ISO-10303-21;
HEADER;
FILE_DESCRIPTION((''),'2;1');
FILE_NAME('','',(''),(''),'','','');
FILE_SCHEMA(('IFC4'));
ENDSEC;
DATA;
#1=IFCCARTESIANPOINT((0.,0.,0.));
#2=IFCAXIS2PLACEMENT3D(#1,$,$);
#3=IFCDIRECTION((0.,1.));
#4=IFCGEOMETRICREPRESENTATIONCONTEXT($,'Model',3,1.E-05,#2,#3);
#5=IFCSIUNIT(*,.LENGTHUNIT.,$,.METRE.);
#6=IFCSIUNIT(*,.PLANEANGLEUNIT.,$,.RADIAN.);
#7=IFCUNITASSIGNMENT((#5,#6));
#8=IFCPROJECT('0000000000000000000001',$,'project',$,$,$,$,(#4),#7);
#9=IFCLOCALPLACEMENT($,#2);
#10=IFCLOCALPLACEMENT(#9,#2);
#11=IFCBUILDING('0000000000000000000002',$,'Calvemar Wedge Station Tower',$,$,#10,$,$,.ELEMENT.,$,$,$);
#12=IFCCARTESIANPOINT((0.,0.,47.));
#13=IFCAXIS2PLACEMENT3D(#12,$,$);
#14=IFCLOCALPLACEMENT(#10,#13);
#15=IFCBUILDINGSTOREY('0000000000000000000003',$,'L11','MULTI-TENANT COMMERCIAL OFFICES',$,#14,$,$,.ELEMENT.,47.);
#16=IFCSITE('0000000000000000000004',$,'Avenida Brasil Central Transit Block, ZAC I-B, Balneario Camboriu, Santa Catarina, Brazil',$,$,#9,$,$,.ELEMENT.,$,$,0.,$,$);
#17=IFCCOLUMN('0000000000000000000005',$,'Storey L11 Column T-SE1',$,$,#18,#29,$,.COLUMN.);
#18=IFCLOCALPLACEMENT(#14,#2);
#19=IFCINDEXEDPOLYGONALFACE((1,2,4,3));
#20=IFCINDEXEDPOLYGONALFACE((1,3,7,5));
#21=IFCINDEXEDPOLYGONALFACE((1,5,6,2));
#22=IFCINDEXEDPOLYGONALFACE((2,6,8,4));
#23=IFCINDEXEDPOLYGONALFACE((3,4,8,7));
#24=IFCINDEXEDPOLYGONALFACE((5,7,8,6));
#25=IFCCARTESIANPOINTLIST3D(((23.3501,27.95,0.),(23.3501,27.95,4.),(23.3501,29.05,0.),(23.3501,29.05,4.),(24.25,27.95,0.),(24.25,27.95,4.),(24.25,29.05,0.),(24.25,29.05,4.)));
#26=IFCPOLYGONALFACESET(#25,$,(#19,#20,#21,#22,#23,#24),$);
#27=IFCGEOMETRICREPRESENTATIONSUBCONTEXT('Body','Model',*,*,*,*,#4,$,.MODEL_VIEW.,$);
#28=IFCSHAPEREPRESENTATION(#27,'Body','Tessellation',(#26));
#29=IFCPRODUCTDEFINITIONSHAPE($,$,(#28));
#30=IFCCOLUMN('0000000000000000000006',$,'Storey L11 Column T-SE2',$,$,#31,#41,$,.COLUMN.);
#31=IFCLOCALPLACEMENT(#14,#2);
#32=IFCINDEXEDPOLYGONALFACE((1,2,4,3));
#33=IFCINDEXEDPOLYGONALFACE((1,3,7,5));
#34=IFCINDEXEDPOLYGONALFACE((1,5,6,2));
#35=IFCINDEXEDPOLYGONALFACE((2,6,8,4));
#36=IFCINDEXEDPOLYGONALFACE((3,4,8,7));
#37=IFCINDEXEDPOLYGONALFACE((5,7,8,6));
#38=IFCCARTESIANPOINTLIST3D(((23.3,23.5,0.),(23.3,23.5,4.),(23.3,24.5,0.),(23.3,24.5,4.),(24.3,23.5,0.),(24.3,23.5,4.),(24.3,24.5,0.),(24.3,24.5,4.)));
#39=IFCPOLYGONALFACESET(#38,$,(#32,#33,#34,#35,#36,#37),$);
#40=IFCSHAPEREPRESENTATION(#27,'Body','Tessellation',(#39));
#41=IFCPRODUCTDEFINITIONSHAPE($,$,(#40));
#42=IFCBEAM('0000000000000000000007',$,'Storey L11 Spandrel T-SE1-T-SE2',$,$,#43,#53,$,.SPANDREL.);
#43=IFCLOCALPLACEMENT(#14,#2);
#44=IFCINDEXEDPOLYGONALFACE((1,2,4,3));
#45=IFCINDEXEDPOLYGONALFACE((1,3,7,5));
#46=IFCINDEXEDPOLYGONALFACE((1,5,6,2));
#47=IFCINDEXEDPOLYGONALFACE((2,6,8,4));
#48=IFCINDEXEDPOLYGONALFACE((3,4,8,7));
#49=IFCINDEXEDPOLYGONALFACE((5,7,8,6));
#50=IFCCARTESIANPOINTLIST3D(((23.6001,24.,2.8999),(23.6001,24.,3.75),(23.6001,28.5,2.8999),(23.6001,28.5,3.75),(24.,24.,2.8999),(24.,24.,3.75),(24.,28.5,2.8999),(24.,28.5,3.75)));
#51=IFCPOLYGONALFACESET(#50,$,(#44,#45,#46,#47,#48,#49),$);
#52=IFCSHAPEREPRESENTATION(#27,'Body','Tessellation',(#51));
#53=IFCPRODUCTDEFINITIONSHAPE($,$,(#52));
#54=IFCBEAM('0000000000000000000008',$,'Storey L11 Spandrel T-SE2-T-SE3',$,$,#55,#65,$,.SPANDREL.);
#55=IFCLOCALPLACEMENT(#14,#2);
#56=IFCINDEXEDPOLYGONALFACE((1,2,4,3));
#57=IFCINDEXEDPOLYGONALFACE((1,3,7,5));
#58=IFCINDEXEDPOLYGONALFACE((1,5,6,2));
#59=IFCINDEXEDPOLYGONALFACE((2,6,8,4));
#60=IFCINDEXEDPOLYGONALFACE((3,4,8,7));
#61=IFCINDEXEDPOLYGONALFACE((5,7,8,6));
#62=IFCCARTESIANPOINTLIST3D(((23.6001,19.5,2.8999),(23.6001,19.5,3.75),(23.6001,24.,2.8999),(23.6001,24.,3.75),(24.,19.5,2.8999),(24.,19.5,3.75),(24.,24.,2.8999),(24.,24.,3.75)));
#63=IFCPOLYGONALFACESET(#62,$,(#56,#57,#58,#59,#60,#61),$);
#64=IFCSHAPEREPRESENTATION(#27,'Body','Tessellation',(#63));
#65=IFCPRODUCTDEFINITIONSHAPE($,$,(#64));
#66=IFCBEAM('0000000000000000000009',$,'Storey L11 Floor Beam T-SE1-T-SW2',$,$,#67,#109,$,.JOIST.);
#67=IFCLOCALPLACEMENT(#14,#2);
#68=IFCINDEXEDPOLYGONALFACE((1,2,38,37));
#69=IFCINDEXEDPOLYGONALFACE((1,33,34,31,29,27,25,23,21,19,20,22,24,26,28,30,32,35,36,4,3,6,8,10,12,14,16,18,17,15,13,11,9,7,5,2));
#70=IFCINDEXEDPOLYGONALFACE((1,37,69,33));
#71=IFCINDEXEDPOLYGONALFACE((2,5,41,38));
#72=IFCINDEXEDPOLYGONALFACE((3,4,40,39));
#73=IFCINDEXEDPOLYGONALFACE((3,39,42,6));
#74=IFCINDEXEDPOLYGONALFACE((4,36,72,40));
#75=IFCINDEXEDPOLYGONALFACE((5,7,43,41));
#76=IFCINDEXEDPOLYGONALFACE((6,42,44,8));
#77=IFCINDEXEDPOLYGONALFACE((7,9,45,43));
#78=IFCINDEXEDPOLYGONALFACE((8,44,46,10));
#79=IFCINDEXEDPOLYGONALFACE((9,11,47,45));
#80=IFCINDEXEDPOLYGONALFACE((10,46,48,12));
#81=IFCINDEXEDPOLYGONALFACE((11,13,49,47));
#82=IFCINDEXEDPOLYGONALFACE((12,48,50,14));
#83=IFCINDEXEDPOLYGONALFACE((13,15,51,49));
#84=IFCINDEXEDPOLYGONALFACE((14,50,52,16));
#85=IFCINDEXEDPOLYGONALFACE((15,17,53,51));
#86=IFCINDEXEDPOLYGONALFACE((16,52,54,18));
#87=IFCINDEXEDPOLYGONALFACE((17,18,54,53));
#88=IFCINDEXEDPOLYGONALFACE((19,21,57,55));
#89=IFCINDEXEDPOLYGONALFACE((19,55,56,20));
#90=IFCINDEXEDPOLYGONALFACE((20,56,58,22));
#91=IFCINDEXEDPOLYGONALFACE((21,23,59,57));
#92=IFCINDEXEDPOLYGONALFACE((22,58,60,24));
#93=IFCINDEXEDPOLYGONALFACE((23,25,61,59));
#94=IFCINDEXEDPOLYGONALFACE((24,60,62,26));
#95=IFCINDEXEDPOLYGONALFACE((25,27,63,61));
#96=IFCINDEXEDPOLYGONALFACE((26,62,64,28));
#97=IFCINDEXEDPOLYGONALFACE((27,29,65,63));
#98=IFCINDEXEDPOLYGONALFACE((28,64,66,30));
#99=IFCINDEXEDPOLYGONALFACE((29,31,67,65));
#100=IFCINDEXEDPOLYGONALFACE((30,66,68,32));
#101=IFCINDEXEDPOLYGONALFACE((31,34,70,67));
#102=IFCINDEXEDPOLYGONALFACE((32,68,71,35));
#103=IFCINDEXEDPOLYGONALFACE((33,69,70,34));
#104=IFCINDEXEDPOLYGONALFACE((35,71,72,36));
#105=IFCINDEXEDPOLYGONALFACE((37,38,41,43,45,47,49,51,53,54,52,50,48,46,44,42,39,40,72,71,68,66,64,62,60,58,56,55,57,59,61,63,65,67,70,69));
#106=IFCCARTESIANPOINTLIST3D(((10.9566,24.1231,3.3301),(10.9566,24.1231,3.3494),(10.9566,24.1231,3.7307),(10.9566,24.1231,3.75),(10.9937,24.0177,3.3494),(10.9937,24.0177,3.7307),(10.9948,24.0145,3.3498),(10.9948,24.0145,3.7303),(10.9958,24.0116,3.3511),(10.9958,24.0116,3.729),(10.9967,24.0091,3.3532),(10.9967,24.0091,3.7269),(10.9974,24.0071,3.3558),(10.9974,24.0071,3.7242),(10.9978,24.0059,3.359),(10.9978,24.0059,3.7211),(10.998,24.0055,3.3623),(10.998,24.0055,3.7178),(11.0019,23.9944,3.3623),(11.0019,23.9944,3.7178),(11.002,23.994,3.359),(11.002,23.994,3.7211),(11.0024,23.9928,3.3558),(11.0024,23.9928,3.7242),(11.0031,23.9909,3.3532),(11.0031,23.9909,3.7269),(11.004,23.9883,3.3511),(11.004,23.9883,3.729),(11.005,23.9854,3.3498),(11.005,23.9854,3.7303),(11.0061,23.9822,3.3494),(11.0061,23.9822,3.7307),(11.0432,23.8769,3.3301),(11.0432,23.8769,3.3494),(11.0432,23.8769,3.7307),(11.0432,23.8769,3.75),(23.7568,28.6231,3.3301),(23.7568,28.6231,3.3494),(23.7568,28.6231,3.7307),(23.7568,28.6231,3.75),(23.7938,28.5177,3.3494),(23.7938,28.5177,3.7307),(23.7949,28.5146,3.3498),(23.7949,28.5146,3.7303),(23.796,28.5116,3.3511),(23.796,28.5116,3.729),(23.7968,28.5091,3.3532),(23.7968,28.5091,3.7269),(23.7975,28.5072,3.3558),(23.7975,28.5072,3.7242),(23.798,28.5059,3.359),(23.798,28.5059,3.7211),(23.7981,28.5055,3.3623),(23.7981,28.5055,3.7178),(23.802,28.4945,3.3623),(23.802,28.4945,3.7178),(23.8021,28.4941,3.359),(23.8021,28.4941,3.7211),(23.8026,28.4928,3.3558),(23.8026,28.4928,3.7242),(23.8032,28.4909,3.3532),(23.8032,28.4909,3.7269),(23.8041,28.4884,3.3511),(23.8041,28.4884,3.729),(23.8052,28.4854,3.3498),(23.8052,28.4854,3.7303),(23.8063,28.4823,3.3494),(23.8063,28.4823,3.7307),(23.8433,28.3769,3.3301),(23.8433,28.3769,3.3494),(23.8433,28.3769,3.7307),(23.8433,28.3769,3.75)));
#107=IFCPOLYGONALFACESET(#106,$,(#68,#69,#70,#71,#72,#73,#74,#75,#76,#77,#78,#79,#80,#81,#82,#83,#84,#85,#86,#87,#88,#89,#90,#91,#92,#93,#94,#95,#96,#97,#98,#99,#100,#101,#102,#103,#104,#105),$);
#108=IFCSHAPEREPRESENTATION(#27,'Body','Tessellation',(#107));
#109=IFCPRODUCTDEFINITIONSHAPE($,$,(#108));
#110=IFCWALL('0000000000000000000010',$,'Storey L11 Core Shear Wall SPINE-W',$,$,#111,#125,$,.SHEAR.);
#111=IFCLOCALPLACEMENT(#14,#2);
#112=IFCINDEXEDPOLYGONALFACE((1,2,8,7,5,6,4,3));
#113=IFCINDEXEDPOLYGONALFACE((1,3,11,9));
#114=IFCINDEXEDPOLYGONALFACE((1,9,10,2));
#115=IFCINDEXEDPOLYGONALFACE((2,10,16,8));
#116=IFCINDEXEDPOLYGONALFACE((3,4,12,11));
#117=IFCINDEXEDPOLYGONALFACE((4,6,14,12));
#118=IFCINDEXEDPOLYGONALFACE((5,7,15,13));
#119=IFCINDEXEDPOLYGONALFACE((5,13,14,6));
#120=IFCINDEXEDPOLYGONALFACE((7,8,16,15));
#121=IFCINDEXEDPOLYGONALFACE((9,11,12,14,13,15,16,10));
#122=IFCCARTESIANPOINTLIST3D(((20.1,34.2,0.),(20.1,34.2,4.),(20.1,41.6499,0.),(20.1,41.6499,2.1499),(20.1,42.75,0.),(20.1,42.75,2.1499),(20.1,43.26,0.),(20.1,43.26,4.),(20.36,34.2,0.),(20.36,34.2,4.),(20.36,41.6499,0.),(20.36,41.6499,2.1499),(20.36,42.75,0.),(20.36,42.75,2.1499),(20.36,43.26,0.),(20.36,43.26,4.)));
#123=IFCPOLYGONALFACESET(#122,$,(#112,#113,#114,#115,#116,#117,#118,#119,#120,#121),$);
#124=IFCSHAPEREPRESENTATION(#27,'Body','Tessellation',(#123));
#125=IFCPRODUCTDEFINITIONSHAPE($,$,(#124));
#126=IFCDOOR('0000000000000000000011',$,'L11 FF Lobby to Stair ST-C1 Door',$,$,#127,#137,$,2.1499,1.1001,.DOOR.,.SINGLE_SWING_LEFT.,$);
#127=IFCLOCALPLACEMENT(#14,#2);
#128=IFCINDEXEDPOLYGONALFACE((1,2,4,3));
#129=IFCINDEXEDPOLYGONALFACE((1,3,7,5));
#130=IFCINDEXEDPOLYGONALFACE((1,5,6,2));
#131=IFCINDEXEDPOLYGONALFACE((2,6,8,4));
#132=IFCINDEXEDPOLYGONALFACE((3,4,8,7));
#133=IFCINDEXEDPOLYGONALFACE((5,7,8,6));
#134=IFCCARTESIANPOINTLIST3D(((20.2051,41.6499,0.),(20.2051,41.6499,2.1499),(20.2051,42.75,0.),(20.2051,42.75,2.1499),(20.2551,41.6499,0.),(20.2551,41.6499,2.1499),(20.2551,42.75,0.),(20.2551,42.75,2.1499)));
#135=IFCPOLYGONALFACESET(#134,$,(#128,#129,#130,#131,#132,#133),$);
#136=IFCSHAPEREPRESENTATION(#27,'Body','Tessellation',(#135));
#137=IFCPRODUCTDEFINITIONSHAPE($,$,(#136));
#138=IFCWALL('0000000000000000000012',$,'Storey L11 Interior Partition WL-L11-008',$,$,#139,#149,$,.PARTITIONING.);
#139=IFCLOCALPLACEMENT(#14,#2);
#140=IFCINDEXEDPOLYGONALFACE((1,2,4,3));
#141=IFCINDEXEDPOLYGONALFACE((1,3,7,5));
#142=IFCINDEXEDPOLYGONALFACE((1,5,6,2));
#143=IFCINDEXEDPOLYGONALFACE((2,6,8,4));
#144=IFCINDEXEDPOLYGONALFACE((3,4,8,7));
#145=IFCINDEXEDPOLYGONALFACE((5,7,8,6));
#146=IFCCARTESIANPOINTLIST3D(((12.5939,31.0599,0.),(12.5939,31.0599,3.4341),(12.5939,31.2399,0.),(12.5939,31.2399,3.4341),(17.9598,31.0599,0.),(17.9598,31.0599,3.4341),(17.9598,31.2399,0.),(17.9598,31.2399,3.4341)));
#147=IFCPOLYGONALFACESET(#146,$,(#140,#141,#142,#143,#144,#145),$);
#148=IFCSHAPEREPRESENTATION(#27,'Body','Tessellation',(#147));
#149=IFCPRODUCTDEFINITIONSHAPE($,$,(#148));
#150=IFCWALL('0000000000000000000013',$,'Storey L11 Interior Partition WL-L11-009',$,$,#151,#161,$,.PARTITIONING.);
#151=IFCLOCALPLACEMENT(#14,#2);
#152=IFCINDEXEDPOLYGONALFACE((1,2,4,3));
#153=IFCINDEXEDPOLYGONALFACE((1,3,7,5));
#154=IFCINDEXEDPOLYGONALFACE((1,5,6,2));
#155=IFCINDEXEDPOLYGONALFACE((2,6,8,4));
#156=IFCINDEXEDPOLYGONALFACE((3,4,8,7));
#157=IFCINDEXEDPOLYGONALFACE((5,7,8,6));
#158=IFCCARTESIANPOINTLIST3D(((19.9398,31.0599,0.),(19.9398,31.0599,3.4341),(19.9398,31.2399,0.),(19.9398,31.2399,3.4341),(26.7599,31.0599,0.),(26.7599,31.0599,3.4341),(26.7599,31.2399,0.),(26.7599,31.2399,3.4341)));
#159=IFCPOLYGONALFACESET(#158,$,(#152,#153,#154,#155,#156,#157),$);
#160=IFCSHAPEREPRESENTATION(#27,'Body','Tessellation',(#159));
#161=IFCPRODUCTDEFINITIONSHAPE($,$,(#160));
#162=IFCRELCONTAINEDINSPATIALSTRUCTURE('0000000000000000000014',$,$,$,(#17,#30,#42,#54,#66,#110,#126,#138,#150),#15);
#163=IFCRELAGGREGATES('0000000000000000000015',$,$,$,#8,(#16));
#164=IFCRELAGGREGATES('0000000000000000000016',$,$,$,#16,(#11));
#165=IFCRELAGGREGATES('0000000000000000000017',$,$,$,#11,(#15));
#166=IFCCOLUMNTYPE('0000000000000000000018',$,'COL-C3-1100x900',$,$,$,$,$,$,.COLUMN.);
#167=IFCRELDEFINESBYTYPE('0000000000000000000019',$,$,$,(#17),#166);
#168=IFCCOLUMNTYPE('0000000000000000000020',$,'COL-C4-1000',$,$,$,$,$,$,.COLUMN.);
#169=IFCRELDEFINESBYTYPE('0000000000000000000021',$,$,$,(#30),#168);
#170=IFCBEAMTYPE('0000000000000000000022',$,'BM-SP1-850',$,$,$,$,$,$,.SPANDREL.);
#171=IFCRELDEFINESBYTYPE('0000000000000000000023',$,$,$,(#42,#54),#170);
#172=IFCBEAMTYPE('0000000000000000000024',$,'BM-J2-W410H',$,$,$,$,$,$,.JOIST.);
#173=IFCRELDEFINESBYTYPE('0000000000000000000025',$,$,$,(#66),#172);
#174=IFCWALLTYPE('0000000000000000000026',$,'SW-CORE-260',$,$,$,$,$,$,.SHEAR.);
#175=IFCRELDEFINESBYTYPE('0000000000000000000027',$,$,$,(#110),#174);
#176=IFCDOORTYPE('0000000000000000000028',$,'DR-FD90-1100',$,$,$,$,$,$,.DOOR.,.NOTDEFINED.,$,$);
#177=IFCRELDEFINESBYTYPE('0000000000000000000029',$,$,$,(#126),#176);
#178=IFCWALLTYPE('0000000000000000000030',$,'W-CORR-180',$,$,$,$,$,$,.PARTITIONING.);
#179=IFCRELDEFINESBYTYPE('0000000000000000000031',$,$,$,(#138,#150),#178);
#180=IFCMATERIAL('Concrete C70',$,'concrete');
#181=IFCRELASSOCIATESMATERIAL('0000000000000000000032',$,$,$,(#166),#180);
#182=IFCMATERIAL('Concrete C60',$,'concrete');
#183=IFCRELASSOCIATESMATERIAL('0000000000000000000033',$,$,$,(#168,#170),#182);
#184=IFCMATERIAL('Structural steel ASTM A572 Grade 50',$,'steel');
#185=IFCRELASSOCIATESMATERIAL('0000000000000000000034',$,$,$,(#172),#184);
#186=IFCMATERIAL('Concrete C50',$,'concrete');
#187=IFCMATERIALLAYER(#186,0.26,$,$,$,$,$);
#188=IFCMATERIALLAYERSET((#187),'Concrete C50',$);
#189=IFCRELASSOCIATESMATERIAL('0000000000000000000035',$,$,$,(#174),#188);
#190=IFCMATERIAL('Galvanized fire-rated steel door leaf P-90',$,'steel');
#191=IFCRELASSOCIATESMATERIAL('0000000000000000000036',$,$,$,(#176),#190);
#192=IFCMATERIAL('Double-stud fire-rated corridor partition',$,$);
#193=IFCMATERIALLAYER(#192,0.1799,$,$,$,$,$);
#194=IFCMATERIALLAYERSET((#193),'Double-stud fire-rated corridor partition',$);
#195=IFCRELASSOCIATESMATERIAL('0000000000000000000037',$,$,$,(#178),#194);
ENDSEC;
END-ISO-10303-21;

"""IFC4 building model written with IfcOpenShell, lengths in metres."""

from ifc_helpers import new_model, si_unit, direction, frame, frame_2d, origin, origin_2d, place, context, subcontext, project, spatial, rectangle, i_section, extrude, source, transform, mapped, material, layer, layer_set, material_profile, profile_set, type_object, element, fill, save


model = new_model("IFC4")

# Units and contexts
model_context = context("Model", 3, precision=1e-05, world=origin(), true_north=direction((0.0, 1.0)))
body_context = subcontext(model_context, "Body", "Model", "MODEL_VIEW")
ifc_project = project(units=[si_unit("LENGTHUNIT", "METRE"), si_unit("PLANEANGLEUNIT", "RADIAN")], contexts=[model_context])

# Site, building, storey
site_placement = place(None, origin())
site = spatial("IfcSite", under=ifc_project, at=site_placement, Name="Avenida Brasil Central Transit Block, ZAC I-B, Balneario Camboriu, Santa Catarina, Brazil", CompositionType="ELEMENT", RefElevation=0.0)
building_placement = place(site_placement, origin())
building = spatial("IfcBuilding", under=site, at=building_placement, Name="Calvemar Wedge Station Tower", CompositionType="ELEMENT")
storey_placement = place(building_placement, frame((0.0, 0.0, 47.0)))
storey = spatial("IfcBuildingStorey", under=building, at=storey_placement, Name="L11", Description="MULTI-TENANT COMMERCIAL OFFICES", CompositionType="ELEMENT", Elevation=47.0)

# Columns
ifc_material_1 = material(Name="Concrete C70", Category="concrete")
ifc_material_profile_1 = material_profile(ifc_material_1, rectangle(XDim=0.8999, YDim=1.1001, at=origin_2d()), Name="RC1100x900")
ifc_profile_set_1 = profile_set([ifc_material_profile_1], Name="Concrete C70")
column_type_1 = type_object("IfcColumnType", Name="COL-C3-1100x900", PredefinedType="COLUMN", material=ifc_profile_set_1)
shared_shape_1 = source(origin(), body_context, "Body", "SweptSolid", [
    extrude(rectangle(XDim=0.8999, YDim=1.1001, at=origin_2d()), origin(), (0.0, 0.0, 1.0), 4.0),
])
column_1_placement = place(storey_placement, frame((23.8, 28.5, 0.0), z_axis=(0.0, 0.0, 1.0), x_axis=(1.0, 0.0, 0.0)))
element("IfcColumn", 1, at=column_1_placement, inside=storey, type_object=column_type_1, Name="Storey L11 Column T-SE1", PredefinedType="COLUMN", context=body_context, shape_type="MappedRepresentation", body=[
    mapped(shared_shape_1, transform((0.0, 0.0, 0.0), scale=1.0)),
])
ifc_material_2 = material(Name="Concrete C60", Category="concrete")
ifc_material_profile_2 = material_profile(ifc_material_2, rectangle(XDim=1.0, YDim=1.0, at=origin_2d()), Name="RC1000x1000")
ifc_profile_set_2 = profile_set([ifc_material_profile_2], Name="Concrete C60")
column_type_2 = type_object("IfcColumnType", Name="COL-C4-1000", PredefinedType="COLUMN", material=ifc_profile_set_2)
shared_shape_2 = source(origin(), body_context, "Body", "SweptSolid", [
    extrude(rectangle(XDim=1.0, YDim=1.0, at=origin_2d()), origin(), (0.0, 0.0, 1.0), 4.0),
])
column_2_placement = place(storey_placement, frame((23.8, 24.0, 0.0), z_axis=(0.0, 0.0, 1.0), x_axis=(1.0, 0.0, 0.0)))
element("IfcColumn", 2, at=column_2_placement, inside=storey, type_object=column_type_2, Name="Storey L11 Column T-SE2", PredefinedType="COLUMN", context=body_context, shape_type="MappedRepresentation", body=[
    mapped(shared_shape_2, transform((0.0, 0.0, 0.0), scale=1.0)),
])

# Beams
ifc_material_profile_3 = material_profile(ifc_material_2, rectangle(XDim=0.3999, YDim=0.8501, at=origin_2d()), Name="RC400x850")
ifc_profile_set_3 = profile_set([ifc_material_profile_3], Name="Concrete C60")
beam_type_1 = type_object("IfcBeamType", Name="BM-SP1-850", PredefinedType="SPANDREL", material=ifc_profile_set_3)
shared_shape_3 = source(origin(), body_context, "Body", "SweptSolid", [
    extrude(rectangle(XDim=0.3999, YDim=0.8501, at=origin_2d()), origin(), (0.0, 0.0, 1.0), 4.5),
])
for number, where, z_axis, x_axis, name in (
    (3, (23.8, 28.5, 3.325), (0.0, -1.0, 0.0), (1.0, 0.0, 0.0), "Storey L11 Spandrel T-SE1-T-SE2"),
    (4, (23.8, 24.0, 3.325), (0.0, -1.0, 0.0), (1.0, 0.0, 0.0), "Storey L11 Spandrel T-SE2-T-SE3"),
):
    element("IfcBeam", number, at=place(storey_placement, frame(where, z_axis=z_axis, x_axis=x_axis)), inside=storey, type_object=beam_type_1, Name=name, PredefinedType="SPANDREL", context=body_context, shape_type="MappedRepresentation", body=[
        mapped(shared_shape_3, transform((0.0, 0.0, 0.0), scale=1.0)),
    ])
ifc_material_3 = material(Name="Structural steel ASTM A572 Grade 50", Category="steel")
ifc_material_profile_4 = material_profile(ifc_material_3, i_section(OverallWidth=0.261, OverallDepth=0.4199, WebThickness=0.0117, FlangeThickness=0.0193, FilletRadius=0.0129, at=origin_2d()), Name="W410x114")
ifc_profile_set_4 = profile_set([ifc_material_profile_4], Name="Structural steel ASTM A572 Grade 50")
beam_type_2 = type_object("IfcBeamType", Name="BM-J2-W410H", PredefinedType="JOIST", material=ifc_profile_set_4)
shared_shape_4 = source(origin(), body_context, "Body", "SweptSolid", [
    extrude(i_section(OverallWidth=0.261, OverallDepth=0.4199, WebThickness=0.0117, FlangeThickness=0.0193, FilletRadius=0.0129, at=origin_2d()), origin(), (0.0, 0.0, 1.0), 13.5681),
])
beam_placement = place(storey_placement, frame((23.8, 28.5, 3.54), z_axis=(-0.943398, -0.331662, 0.0), x_axis=(0.331662, -0.943398, 0.0)))
element("IfcBeam", 5, at=beam_placement, inside=storey, type_object=beam_type_2, Name="Storey L11 Floor Beam T-SE1-T-SW2", PredefinedType="JOIST", context=body_context, shape_type="MappedRepresentation", body=[
    mapped(shared_shape_4, transform((0.0, 0.0, 0.0), scale=1.0)),
])

# Wall, opening, door
ifc_material_4 = material(Name="Concrete C50", Category="concrete")
ifc_layer_1 = layer(ifc_material_4, 0.26)
ifc_layer_set_1 = layer_set([ifc_layer_1], Name="Concrete C50")
wall_type_1 = type_object("IfcWallType", Name="SW-CORE-260", PredefinedType="SHEAR", material=ifc_layer_set_1)
wall_1_placement = place(storey_placement, frame((20.23, 34.2, 0.0), z_axis=(0.0, 0.0, 1.0), x_axis=(0.0, 1.0, 0.0)))
wall_1 = element("IfcWall", 6, at=wall_1_placement, inside=storey, type_object=wall_type_1, Name="Storey L11 Core Shear Wall SPINE-W", PredefinedType="SHEAR", context=body_context, shape_type="SweptSolid", body=[
    extrude(rectangle(XDim=9.0601, YDim=0.26, at=frame_2d((4.53, 0.0))), origin(), (0.0, 0.0, 1.0), 4.0),
])
shared_shape_5 = source(origin(), body_context, "Body", "SweptSolid", [
    extrude(rectangle(XDim=1.1001, YDim=2.1499, at=frame_2d((0.55, 1.075))), frame((0.0, 0.1401, 0.0), z_axis=(0.0, -1.0, 0.0), x_axis=(1.0, 0.0, 0.0)), (0.0, 0.0, 1.0), 0.28),
])
opening_1_placement = place(wall_1_placement, frame((7.45, 0.0, 0.0)))
opening_1 = element("IfcOpeningElement", 7, at=opening_1_placement, cuts=wall_1, PredefinedType="OPENING", context=body_context, shape_type="MappedRepresentation", body=[
    mapped(shared_shape_5, transform((0.0, 0.0, 0.0), scale=1.0)),
])
ifc_material_5 = material(Name="Galvanized fire-rated steel door leaf P-90", Category="steel")
door_type_1 = type_object("IfcDoorType", Name="DR-FD90-1100", OperationType="NOTDEFINED", PredefinedType="DOOR", material=ifc_material_5)
shared_shape_6 = source(origin(), body_context, "Body", "SweptSolid", [
    extrude(rectangle(XDim=1.1001, YDim=2.1499, at=frame_2d((0.55, 1.075))), frame((0.0, 0.0249, 0.0), z_axis=(0.0, -1.0, 0.0), x_axis=(1.0, 0.0, 0.0)), (0.0, 0.0, 1.0), 0.05),
])
door_1_placement = place(opening_1_placement, origin())
door_1 = element("IfcDoor", 8, at=door_1_placement, inside=storey, type_object=door_type_1, Name="L11 FF Lobby to Stair ST-C1 Door", OperationType="SINGLE_SWING_LEFT", OverallHeight=2.1499, OverallWidth=1.1001, PredefinedType="DOOR", context=body_context, shape_type="MappedRepresentation", body=[
    mapped(shared_shape_6, transform((0.0, 0.0, 0.0), scale=1.0)),
])
fill(opening_1, door_1)

# Walls
ifc_material_6 = material(Name="Double-stud fire-rated corridor partition")
ifc_layer_2 = layer(ifc_material_6, 0.1799)
ifc_layer_set_2 = layer_set([ifc_layer_2], Name="Double-stud fire-rated corridor partition")
wall_type_2 = type_object("IfcWallType", Name="W-CORR-180", PredefinedType="PARTITIONING", material=ifc_layer_set_2)
wall_2_placement = place(storey_placement, frame((17.96, 31.1499, 0.0), z_axis=(0.0, 0.0, 1.0), x_axis=(-1.0, 0.0, 0.0)))
element("IfcWall", 9, at=wall_2_placement, inside=storey, type_object=wall_type_2, Name="Storey L11 Interior Partition WL-L11-008", PredefinedType="PARTITIONING", context=body_context, shape_type="SweptSolid", body=[
    extrude(rectangle(XDim=5.366, YDim=0.1799, at=frame_2d((2.6831, 0.0))), origin(), (0.0, 0.0, 1.0), 3.4341),
])
wall_3_placement = place(storey_placement, frame((26.76, 31.1499, 0.0), z_axis=(0.0, 0.0, 1.0), x_axis=(-1.0, 0.0, 0.0)))
element("IfcWall", 10, at=wall_3_placement, inside=storey, type_object=wall_type_2, Name="Storey L11 Interior Partition WL-L11-009", PredefinedType="PARTITIONING", context=body_context, shape_type="SweptSolid", body=[
    extrude(rectangle(XDim=6.8201, YDim=0.1799, at=frame_2d((3.4102, 0.0))), origin(), (0.0, 0.0, 1.0), 3.4341),
])

save(model, "model.ifc")
